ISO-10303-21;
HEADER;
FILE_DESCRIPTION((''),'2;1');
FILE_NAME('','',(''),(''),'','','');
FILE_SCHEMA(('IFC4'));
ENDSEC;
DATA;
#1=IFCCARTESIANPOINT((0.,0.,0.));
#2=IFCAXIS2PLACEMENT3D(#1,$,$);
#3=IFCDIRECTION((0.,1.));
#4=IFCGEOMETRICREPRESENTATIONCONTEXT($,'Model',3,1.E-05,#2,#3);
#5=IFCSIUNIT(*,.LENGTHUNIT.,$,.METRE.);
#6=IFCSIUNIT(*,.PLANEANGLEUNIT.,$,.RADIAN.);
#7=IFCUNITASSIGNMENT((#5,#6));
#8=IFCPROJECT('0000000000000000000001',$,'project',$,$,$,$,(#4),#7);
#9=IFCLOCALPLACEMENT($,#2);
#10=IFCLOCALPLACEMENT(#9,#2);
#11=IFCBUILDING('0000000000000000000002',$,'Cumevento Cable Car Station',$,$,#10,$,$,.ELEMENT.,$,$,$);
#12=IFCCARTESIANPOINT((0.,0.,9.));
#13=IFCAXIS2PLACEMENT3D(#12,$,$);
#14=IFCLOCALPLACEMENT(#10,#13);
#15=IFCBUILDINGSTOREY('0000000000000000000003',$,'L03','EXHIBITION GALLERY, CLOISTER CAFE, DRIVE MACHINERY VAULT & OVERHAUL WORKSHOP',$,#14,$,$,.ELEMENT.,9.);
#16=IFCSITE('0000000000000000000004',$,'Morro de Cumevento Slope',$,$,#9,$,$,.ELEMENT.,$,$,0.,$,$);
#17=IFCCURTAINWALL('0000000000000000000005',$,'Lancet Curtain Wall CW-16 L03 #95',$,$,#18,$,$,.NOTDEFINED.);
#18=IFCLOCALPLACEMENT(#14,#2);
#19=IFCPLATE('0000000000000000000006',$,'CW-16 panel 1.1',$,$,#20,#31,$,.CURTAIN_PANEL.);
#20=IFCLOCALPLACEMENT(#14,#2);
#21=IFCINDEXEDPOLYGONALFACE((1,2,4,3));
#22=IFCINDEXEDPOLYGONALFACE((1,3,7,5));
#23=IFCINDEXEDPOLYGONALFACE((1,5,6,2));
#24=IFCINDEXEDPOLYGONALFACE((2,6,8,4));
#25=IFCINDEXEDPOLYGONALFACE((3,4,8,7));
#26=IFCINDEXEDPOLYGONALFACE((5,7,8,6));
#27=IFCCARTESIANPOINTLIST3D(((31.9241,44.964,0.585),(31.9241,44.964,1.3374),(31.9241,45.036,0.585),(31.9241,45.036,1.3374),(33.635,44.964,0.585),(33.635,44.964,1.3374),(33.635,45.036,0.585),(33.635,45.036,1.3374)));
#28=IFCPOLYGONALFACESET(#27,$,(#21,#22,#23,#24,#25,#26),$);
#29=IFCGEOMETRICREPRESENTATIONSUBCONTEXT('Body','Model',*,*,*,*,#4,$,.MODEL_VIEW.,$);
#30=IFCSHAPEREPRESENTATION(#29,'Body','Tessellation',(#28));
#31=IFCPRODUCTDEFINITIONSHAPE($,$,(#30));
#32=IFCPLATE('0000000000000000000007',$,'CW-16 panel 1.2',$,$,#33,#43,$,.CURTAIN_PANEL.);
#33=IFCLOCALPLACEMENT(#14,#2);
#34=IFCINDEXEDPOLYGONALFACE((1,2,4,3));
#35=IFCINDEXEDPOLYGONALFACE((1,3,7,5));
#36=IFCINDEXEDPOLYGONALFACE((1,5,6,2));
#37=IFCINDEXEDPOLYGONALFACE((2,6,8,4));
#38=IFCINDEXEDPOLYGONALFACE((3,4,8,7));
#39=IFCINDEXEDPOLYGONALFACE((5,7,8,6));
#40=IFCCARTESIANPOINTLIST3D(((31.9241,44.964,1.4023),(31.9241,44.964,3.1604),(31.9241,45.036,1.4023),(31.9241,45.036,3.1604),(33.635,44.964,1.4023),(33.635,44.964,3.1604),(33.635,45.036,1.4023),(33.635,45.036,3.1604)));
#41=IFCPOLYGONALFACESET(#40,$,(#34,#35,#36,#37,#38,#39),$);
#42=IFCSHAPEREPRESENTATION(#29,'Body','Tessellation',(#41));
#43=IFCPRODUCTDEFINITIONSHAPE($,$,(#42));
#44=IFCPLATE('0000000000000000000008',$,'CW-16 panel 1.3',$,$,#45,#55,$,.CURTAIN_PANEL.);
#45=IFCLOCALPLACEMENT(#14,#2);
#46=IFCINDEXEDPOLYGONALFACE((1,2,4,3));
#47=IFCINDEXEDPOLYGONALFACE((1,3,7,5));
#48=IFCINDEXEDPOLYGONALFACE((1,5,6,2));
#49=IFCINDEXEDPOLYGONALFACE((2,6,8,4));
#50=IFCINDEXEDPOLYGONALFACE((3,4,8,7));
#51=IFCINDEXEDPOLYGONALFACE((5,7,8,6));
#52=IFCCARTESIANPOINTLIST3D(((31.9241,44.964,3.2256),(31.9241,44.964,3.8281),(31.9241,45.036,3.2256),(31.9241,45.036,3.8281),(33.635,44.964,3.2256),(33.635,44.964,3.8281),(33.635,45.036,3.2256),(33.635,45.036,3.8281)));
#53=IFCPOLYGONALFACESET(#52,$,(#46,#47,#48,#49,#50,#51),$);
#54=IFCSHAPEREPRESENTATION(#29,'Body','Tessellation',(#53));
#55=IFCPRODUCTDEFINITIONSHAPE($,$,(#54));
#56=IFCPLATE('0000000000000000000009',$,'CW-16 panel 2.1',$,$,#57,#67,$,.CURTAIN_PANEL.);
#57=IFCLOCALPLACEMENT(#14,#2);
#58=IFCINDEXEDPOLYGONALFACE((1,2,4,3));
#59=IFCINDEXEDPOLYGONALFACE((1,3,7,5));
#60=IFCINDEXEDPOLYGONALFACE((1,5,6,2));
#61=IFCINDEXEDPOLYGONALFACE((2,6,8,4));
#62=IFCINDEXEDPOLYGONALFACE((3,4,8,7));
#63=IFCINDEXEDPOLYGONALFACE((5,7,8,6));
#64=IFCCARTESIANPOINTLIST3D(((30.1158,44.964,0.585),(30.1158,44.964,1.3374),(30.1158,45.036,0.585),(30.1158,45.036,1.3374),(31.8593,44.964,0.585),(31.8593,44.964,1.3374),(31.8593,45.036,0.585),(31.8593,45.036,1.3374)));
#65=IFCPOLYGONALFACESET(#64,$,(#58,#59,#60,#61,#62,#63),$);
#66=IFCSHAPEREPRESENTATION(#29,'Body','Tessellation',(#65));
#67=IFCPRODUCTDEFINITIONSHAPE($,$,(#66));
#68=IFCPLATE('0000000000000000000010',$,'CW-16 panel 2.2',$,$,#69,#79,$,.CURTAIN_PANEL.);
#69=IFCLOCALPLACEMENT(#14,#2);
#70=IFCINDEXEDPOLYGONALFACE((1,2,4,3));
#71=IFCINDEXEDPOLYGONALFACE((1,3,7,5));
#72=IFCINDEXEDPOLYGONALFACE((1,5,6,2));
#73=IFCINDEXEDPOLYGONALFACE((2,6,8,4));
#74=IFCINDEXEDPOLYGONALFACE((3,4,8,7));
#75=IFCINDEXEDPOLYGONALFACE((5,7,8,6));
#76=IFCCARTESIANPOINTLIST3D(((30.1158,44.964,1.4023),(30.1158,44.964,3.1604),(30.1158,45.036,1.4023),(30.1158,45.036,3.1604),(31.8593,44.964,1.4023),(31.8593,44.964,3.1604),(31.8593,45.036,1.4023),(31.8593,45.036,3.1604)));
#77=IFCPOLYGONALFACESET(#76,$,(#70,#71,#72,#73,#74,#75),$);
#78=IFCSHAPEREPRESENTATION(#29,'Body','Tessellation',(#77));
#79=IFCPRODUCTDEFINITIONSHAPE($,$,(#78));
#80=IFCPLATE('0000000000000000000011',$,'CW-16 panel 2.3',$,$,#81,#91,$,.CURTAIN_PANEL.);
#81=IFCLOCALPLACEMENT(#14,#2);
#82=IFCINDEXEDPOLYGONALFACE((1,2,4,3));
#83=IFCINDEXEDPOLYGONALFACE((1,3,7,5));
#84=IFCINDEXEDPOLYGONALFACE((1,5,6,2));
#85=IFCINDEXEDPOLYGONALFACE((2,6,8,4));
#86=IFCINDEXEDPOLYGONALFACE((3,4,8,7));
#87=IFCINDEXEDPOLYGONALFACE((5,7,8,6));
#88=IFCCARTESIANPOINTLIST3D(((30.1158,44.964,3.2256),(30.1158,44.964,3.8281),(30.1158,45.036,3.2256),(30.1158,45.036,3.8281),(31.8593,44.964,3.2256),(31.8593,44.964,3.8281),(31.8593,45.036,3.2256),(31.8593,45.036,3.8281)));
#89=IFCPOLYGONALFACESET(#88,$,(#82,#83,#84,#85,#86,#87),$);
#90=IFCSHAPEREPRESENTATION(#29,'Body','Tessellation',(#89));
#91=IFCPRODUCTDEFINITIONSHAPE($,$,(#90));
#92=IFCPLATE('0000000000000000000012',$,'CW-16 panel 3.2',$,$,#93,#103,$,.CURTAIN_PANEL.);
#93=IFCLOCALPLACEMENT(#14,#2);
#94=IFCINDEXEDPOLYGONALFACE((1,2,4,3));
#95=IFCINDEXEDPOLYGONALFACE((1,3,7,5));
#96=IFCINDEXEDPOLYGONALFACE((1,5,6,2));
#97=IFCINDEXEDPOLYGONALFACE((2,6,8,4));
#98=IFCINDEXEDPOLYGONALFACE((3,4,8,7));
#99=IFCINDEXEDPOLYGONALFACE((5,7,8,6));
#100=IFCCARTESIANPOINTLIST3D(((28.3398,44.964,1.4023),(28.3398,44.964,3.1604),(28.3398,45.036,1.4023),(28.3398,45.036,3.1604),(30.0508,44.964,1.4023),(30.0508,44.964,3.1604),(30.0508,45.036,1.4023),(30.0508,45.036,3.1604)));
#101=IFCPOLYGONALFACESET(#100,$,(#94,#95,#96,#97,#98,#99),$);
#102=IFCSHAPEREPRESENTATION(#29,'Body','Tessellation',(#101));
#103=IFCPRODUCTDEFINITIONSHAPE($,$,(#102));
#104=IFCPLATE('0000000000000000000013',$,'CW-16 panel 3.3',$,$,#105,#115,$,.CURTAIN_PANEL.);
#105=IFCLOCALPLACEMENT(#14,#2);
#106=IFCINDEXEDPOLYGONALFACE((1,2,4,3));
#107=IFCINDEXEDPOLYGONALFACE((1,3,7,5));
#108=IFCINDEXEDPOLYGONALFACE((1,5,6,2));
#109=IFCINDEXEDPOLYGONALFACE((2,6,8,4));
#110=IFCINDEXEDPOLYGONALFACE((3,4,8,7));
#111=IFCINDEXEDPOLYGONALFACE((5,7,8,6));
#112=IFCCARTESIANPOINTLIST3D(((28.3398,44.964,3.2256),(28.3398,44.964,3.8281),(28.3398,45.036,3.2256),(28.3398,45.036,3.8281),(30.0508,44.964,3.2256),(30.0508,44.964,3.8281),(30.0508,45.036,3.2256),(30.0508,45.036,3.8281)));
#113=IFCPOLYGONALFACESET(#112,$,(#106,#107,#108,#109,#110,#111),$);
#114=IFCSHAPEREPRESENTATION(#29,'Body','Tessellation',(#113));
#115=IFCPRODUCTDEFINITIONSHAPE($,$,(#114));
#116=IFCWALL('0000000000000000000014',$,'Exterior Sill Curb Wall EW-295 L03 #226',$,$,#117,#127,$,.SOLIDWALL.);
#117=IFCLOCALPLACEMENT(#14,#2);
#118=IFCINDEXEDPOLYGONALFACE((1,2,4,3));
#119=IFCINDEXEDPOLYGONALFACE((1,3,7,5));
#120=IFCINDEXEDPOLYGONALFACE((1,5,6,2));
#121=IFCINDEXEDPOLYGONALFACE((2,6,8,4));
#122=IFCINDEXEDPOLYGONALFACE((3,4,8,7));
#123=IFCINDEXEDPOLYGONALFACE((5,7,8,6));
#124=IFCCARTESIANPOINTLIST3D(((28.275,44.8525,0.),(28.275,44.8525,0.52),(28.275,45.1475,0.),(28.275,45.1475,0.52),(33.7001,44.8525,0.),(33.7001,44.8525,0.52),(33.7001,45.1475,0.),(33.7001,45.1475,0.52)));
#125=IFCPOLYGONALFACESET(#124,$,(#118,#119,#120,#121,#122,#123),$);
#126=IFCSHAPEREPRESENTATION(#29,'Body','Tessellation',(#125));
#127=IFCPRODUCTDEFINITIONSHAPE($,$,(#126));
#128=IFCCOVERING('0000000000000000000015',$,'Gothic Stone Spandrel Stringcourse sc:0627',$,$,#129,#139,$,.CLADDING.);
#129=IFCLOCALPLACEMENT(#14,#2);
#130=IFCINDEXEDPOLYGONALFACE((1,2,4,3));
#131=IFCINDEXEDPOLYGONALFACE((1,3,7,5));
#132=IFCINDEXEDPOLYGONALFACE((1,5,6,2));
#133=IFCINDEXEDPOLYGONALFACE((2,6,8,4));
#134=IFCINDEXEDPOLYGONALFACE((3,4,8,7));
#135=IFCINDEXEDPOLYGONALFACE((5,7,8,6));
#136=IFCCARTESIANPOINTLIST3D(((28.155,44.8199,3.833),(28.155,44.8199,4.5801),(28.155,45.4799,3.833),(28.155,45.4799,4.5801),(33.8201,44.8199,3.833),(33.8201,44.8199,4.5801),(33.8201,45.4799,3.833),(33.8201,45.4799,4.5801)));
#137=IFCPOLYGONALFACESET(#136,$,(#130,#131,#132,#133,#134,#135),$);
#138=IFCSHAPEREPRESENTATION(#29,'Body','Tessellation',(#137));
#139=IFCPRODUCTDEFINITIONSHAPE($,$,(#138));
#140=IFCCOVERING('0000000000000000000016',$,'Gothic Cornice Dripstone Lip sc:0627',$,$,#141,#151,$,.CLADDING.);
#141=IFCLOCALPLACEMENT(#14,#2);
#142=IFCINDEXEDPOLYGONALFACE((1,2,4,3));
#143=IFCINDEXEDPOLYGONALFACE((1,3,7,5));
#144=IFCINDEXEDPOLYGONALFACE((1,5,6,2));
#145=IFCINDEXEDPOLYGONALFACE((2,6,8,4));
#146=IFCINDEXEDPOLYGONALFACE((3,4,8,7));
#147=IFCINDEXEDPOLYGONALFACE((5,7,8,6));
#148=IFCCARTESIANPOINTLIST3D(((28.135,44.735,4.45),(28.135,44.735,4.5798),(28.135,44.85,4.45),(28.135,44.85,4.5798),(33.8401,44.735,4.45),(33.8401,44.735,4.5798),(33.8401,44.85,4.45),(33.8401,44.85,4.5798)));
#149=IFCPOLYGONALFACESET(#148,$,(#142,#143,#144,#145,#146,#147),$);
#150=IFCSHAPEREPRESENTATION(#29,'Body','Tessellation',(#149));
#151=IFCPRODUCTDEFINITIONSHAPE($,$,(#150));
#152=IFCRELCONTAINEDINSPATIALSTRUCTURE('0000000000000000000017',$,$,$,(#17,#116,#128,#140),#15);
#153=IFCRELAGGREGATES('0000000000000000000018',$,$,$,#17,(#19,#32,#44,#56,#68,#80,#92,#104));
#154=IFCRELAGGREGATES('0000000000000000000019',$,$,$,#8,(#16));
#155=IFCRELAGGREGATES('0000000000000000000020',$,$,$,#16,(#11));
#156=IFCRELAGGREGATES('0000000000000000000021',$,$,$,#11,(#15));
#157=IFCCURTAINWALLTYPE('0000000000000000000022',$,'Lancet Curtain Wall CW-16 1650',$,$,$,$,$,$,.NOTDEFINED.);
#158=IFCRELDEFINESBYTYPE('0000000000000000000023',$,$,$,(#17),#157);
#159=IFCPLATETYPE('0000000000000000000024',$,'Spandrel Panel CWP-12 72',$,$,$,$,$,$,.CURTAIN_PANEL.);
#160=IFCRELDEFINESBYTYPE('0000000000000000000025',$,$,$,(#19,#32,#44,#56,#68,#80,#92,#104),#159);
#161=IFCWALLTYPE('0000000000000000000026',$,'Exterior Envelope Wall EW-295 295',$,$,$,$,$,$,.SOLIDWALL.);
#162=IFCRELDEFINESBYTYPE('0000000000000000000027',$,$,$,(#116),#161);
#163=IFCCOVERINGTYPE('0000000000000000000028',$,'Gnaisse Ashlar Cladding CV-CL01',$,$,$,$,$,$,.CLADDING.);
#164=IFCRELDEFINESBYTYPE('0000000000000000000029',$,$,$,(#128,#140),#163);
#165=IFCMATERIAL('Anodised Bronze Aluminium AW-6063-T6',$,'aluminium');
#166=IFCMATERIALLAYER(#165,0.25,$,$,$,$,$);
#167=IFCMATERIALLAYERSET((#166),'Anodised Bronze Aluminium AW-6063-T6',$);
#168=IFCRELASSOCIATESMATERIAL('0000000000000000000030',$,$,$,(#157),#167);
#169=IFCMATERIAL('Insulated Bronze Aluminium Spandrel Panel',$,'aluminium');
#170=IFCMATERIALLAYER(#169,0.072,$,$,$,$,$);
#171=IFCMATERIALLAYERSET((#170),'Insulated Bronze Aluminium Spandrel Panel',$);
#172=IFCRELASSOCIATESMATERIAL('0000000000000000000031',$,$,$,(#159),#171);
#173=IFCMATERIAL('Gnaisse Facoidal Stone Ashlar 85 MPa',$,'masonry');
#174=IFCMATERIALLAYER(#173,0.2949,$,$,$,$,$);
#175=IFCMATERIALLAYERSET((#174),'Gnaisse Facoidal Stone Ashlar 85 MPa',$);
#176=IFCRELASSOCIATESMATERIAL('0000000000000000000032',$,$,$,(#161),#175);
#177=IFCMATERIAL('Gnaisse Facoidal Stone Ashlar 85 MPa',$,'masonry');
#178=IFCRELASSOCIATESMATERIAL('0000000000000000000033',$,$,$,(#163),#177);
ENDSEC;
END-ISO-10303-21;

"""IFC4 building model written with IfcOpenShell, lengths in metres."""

from ifc_helpers import new_model, si_unit, direction, frame, frame_2d, origin, origin_2d, place, context, subcontext, project, spatial, rectangle, extrude, material, layer, layer_set, type_object, element, aggregate, save


model = new_model("IFC4")

# Units and contexts
model_context = context("Model", 3, precision=1e-05, world=origin(), true_north=direction((0.0, 1.0)))
body_context = subcontext(model_context, "Body", "Model", "MODEL_VIEW")
ifc_project = project(units=[si_unit("LENGTHUNIT", "METRE"), si_unit("PLANEANGLEUNIT", "RADIAN")], contexts=[model_context])

# Site, building, storey
site_placement = place(None, origin())
site = spatial("IfcSite", under=ifc_project, at=site_placement, Name="Morro de Cumevento Slope", CompositionType="ELEMENT", RefElevation=0.0)
building_placement = place(site_placement, origin())
building = spatial("IfcBuilding", under=site, at=building_placement, Name="Cumevento Cable Car Station", CompositionType="ELEMENT")
storey_placement = place(building_placement, frame((0.0, 0.0, 9.0)))
storey = spatial("IfcBuildingStorey", under=building, at=storey_placement, Name="L03", Description="EXHIBITION GALLERY, CLOISTER CAFE, DRIVE MACHINERY VAULT & OVERHAUL WORKSHOP", CompositionType="ELEMENT", Elevation=9.0)

# Curtain wall
ifc_material_1 = material(Name="Anodised Bronze Aluminium AW-6063-T6", Category="aluminium")
ifc_layer_1 = layer(ifc_material_1, 0.25)
ifc_layer_set_1 = layer_set([ifc_layer_1], Name="Anodised Bronze Aluminium AW-6063-T6")
curtain_wall_type = type_object("IfcCurtainWallType", Name="Lancet Curtain Wall CW-16 1650", PredefinedType="NOTDEFINED", material=ifc_layer_set_1)
curtain_wall_placement = place(storey_placement, origin())
curtain_wall = element("IfcCurtainWall", 1, at=curtain_wall_placement, inside=storey, type_object=curtain_wall_type, Name="Lancet Curtain Wall CW-16 L03 #95", PredefinedType="NOTDEFINED")

# Plates
ifc_material_2 = material(Name="Insulated Bronze Aluminium Spandrel Panel", Category="aluminium")
ifc_layer_2 = layer(ifc_material_2, 0.072)
ifc_layer_set_2 = layer_set([ifc_layer_2], Name="Insulated Bronze Aluminium Spandrel Panel")
plate_type = type_object("IfcPlateType", Name="Spandrel Panel CWP-12 72", PredefinedType="CURTAIN_PANEL", material=ifc_layer_set_2)
plate_1_placement = place(storey_placement, frame((32.7795, 45.0, 0.585), z_axis=(0.0, 0.0, 1.0), x_axis=(-1.0, 0.0, 0.0)))
plate_1 = element("IfcPlate", 2, at=plate_1_placement, type_object=plate_type, Name="CW-16 panel 1.1", PredefinedType="CURTAIN_PANEL", context=body_context, shape_type="SweptSolid", body=[
    extrude(rectangle(XDim=1.7109, YDim=0.072, at=origin_2d()), origin(), (0.0, 0.0, 1.0), 0.7524),
])
plate_2_placement = place(storey_placement, frame((32.7795, 45.0, 1.4023), z_axis=(0.0, 0.0, 1.0), x_axis=(-1.0, 0.0, 0.0)))
plate_2 = element("IfcPlate", 3, at=plate_2_placement, type_object=plate_type, Name="CW-16 panel 1.2", PredefinedType="CURTAIN_PANEL", context=body_context, shape_type="SweptSolid", body=[
    extrude(rectangle(XDim=1.7109, YDim=0.072, at=origin_2d()), origin(), (0.0, 0.0, 1.0), 1.7581),
])
plate_3_placement = place(storey_placement, frame((32.7795, 45.0, 3.2256), z_axis=(0.0, 0.0, 1.0), x_axis=(-1.0, 0.0, 0.0)))
plate_3 = element("IfcPlate", 4, at=plate_3_placement, type_object=plate_type, Name="CW-16 panel 1.3", PredefinedType="CURTAIN_PANEL", context=body_context, shape_type="SweptSolid", body=[
    extrude(rectangle(XDim=1.7109, YDim=0.072, at=origin_2d()), origin(), (0.0, 0.0, 1.0), 0.6025),
])
plate_4_placement = place(storey_placement, frame((30.9875, 45.0, 0.585), z_axis=(0.0, 0.0, 1.0), x_axis=(-1.0, 0.0, 0.0)))
plate_4 = element("IfcPlate", 5, at=plate_4_placement, type_object=plate_type, Name="CW-16 panel 2.1", PredefinedType="CURTAIN_PANEL", context=body_context, shape_type="SweptSolid", body=[
    extrude(rectangle(XDim=1.7434, YDim=0.072, at=origin_2d()), origin(), (0.0, 0.0, 1.0), 0.7524),
])
plate_5_placement = place(storey_placement, frame((30.9875, 45.0, 1.4023), z_axis=(0.0, 0.0, 1.0), x_axis=(-1.0, 0.0, 0.0)))
plate_5 = element("IfcPlate", 6, at=plate_5_placement, type_object=plate_type, Name="CW-16 panel 2.2", PredefinedType="CURTAIN_PANEL", context=body_context, shape_type="SweptSolid", body=[
    extrude(rectangle(XDim=1.7434, YDim=0.072, at=origin_2d()), origin(), (0.0, 0.0, 1.0), 1.7581),
])
plate_6_placement = place(storey_placement, frame((30.9875, 45.0, 3.2256), z_axis=(0.0, 0.0, 1.0), x_axis=(-1.0, 0.0, 0.0)))
plate_6 = element("IfcPlate", 7, at=plate_6_placement, type_object=plate_type, Name="CW-16 panel 2.3", PredefinedType="CURTAIN_PANEL", context=body_context, shape_type="SweptSolid", body=[
    extrude(rectangle(XDim=1.7434, YDim=0.072, at=origin_2d()), origin(), (0.0, 0.0, 1.0), 0.6025),
])
plate_7_placement = place(storey_placement, frame((29.1953, 45.0, 1.4023), z_axis=(0.0, 0.0, 1.0), x_axis=(-1.0, 0.0, 0.0)))
plate_7 = element("IfcPlate", 8, at=plate_7_placement, type_object=plate_type, Name="CW-16 panel 3.2", PredefinedType="CURTAIN_PANEL", context=body_context, shape_type="SweptSolid", body=[
    extrude(rectangle(XDim=1.7109, YDim=0.072, at=origin_2d()), origin(), (0.0, 0.0, 1.0), 1.7581),
])
plate_8_placement = place(storey_placement, frame((29.1953, 45.0, 3.2256), z_axis=(0.0, 0.0, 1.0), x_axis=(-1.0, 0.0, 0.0)))
plate_8 = element("IfcPlate", 9, at=plate_8_placement, type_object=plate_type, Name="CW-16 panel 3.3", PredefinedType="CURTAIN_PANEL", context=body_context, shape_type="SweptSolid", body=[
    extrude(rectangle(XDim=1.7109, YDim=0.072, at=origin_2d()), origin(), (0.0, 0.0, 1.0), 0.6025),
])
aggregate(curtain_wall, [plate_1, plate_2, plate_3, plate_4, plate_5, plate_6, plate_7, plate_8])

# Wall
ifc_material_3 = material(Name="Gnaisse Facoidal Stone Ashlar 85 MPa", Category="masonry")
ifc_layer_3 = layer(ifc_material_3, 0.2949)
ifc_layer_set_3 = layer_set([ifc_layer_3], Name="Gnaisse Facoidal Stone Ashlar 85 MPa")
wall_type = type_object("IfcWallType", Name="Exterior Envelope Wall EW-295 295", PredefinedType="SOLIDWALL", material=ifc_layer_set_3)
wall_placement = place(storey_placement, frame((33.7, 45.0, 0.0), z_axis=(0.0, 0.0, 1.0), x_axis=(-1.0, 0.0, 0.0)))
element("IfcWall", 10, at=wall_placement, inside=storey, type_object=wall_type, Name="Exterior Sill Curb Wall EW-295 L03 #226", PredefinedType="SOLIDWALL", context=body_context, shape_type="SweptSolid", body=[
    extrude(rectangle(XDim=5.425, YDim=0.2949, at=frame_2d((2.7124, 0.0))), origin(), (0.0, 0.0, 1.0), 0.52),
])

# Coverings
ifc_material_4 = material(Name="Gnaisse Facoidal Stone Ashlar 85 MPa", Category="masonry")
covering_type = type_object("IfcCoveringType", Name="Gnaisse Ashlar Cladding CV-CL01", PredefinedType="CLADDING", material=ifc_material_4)
covering_1_placement = place(storey_placement, frame((30.9875, 45.1499, 3.833), z_axis=(0.0, 0.0, 1.0), x_axis=(-1.0, 0.0, 0.0)))
element("IfcCovering", 11, at=covering_1_placement, inside=storey, type_object=covering_type, Name="Gothic Stone Spandrel Stringcourse sc:0627", PredefinedType="CLADDING", context=body_context, shape_type="SweptSolid", body=[
    extrude(rectangle(XDim=5.665, YDim=0.6599, at=origin_2d()), origin(), (0.0, 0.0, 1.0), 0.7471),
])
covering_2_placement = place(storey_placement, frame((30.9875, 44.7925, 4.45), z_axis=(0.0, 0.0, 1.0), x_axis=(-1.0, 0.0, 0.0)))
element("IfcCovering", 12, at=covering_2_placement, inside=storey, type_object=covering_type, Name="Gothic Cornice Dripstone Lip sc:0627", PredefinedType="CLADDING", context=body_context, shape_type="SweptSolid", body=[
    extrude(rectangle(XDim=5.7051, YDim=0.115, at=origin_2d()), origin(), (0.0, 0.0, 1.0), 0.1299),
])

save(model, "model.ifc")
